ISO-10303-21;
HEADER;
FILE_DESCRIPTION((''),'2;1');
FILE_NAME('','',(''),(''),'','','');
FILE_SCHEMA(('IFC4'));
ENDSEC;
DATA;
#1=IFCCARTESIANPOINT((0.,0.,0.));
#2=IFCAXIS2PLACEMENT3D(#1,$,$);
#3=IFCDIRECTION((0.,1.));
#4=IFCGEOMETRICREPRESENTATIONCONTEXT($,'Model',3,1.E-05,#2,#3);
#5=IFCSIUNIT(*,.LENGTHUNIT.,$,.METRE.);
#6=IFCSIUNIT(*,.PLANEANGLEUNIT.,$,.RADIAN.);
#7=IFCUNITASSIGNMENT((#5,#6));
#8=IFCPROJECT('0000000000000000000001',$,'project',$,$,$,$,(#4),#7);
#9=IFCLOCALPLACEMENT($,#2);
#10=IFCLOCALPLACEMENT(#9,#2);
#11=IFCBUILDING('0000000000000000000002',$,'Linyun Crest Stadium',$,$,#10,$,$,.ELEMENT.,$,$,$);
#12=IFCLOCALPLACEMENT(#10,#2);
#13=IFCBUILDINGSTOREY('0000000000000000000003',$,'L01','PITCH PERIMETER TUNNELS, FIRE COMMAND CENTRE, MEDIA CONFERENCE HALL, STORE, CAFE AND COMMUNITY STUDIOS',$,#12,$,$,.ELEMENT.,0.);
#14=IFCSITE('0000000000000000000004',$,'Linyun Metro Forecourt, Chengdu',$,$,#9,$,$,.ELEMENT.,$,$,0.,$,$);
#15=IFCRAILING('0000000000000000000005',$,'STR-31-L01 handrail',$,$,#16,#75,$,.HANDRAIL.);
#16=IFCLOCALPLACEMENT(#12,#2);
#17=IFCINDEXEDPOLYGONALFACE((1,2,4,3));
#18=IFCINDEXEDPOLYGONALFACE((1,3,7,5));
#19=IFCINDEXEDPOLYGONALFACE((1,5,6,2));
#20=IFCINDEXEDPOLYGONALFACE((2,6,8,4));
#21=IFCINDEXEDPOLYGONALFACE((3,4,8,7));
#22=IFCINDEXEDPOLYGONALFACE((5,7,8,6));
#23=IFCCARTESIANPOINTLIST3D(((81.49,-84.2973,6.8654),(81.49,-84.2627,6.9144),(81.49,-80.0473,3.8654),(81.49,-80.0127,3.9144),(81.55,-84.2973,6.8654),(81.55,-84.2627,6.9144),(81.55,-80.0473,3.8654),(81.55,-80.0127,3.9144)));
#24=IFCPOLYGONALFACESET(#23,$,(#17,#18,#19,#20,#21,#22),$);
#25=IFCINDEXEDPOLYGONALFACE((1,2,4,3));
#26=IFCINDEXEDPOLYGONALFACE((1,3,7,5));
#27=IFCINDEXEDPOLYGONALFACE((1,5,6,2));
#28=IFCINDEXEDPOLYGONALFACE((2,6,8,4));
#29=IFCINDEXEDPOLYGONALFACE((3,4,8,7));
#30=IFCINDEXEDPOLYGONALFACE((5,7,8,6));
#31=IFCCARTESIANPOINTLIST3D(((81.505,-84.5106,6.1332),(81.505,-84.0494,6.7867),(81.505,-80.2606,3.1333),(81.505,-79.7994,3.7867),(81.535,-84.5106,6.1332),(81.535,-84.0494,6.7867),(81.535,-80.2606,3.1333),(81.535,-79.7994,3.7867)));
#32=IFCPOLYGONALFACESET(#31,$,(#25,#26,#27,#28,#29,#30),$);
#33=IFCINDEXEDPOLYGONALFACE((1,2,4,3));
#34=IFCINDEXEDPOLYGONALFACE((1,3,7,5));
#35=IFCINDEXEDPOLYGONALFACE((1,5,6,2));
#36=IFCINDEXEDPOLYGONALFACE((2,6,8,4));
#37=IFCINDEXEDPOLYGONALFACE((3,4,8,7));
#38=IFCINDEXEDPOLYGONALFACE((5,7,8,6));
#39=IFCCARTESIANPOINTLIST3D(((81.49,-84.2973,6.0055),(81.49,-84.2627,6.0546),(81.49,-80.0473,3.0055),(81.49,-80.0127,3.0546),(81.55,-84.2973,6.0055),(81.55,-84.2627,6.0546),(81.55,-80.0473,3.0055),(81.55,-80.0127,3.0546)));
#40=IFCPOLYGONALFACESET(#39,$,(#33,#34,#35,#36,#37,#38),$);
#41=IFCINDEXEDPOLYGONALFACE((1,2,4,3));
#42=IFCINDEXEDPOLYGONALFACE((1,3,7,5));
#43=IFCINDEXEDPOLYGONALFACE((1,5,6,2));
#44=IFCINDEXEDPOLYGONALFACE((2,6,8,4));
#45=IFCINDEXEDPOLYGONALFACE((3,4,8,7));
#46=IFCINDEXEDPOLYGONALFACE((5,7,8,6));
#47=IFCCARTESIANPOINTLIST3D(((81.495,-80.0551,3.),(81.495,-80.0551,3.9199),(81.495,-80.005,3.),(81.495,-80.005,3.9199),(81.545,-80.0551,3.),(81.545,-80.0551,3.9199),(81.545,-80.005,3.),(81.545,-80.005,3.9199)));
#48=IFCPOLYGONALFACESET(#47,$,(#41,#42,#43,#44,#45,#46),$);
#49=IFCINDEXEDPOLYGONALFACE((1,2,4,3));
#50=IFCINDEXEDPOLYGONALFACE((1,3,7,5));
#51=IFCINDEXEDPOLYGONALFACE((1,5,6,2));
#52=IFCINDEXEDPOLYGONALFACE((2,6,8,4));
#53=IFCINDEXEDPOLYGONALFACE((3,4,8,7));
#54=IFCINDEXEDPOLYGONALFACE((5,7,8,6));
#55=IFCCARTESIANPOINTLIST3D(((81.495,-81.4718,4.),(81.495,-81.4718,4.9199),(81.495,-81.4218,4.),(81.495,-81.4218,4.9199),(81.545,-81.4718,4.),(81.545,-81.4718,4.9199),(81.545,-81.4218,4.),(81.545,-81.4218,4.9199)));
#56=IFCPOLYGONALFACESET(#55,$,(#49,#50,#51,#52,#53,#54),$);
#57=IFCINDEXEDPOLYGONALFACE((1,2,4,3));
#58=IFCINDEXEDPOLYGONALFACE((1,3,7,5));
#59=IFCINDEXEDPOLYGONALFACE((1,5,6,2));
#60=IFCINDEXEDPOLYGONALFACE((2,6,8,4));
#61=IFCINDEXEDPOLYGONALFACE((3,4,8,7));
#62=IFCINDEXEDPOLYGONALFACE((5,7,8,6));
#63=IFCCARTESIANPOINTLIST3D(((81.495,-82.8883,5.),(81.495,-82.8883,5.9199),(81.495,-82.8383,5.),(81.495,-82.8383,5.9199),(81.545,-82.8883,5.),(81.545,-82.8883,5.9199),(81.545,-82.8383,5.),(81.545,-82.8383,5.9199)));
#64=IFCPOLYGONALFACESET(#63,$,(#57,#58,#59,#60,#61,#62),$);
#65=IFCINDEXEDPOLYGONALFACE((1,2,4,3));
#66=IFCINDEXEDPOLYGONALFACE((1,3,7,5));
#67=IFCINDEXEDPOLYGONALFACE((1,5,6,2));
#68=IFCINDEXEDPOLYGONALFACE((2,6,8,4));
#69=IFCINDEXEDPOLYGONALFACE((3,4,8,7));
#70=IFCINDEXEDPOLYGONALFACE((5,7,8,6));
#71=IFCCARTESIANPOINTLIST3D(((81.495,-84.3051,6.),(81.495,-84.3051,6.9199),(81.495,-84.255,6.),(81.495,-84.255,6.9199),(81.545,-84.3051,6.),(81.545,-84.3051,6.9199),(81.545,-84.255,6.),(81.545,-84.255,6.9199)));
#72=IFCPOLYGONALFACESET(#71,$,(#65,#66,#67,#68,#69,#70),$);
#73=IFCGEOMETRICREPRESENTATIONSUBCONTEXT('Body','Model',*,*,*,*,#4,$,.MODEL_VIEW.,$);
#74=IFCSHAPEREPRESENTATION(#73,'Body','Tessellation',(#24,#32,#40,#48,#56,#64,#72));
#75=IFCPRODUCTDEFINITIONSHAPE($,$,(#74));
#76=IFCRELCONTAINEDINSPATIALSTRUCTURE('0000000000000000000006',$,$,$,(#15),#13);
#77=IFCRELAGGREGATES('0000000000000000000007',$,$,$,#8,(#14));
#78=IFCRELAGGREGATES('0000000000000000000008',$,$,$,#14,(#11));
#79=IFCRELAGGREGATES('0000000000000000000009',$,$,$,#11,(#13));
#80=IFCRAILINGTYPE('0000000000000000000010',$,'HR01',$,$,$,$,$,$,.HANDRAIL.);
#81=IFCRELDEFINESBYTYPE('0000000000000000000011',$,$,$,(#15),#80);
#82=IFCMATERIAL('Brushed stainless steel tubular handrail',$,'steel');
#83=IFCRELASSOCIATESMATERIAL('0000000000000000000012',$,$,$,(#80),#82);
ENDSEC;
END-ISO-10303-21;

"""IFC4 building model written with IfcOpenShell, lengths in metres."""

from ifc_helpers import new_model, si_unit, direction, frame, origin, origin_2d, place, context, subcontext, project, spatial, rectangle, extrude, material, type_object, element, save


model = new_model("IFC4")

# Units and contexts
model_context = context("Model", 3, precision=1e-05, world=origin(), true_north=direction((0.0, 1.0)))
body_context = subcontext(model_context, "Body", "Model", "MODEL_VIEW")
ifc_project = project(units=[si_unit("LENGTHUNIT", "METRE"), si_unit("PLANEANGLEUNIT", "RADIAN")], contexts=[model_context])

# Site, building, storey
site_placement = place(None, origin())
site = spatial("IfcSite", under=ifc_project, at=site_placement, Name="Linyun Metro Forecourt, Chengdu", CompositionType="ELEMENT", RefElevation=0.0)
building_placement = place(site_placement, origin())
building = spatial("IfcBuilding", under=site, at=building_placement, Name="Linyun Crest Stadium", CompositionType="ELEMENT")
storey_placement = place(building_placement, origin())
storey = spatial("IfcBuildingStorey", under=building, at=storey_placement, Name="L01", Description="PITCH PERIMETER TUNNELS, FIRE COMMAND CENTRE, MEDIA CONFERENCE HALL, STORE, CAFE AND COMMUNITY STUDIOS", CompositionType="ELEMENT", Elevation=0.0)

# Railing
ifc_material_1 = material(Name="Brushed stainless steel tubular handrail", Category="steel")
railing_type_1 = type_object("IfcRailingType", Name="HR01", PredefinedType="HANDRAIL", material=ifc_material_1)
railing_1_placement = place(storey_placement, frame((81.52, -80.03, 3.0)))
element("IfcRailing", 1, at=railing_1_placement, inside=storey, type_object=railing_type_1, Name="STR-31-L01 handrail", PredefinedType="HANDRAIL", context=body_context, shape_type="SweptSolid", body=[
    extrude(rectangle(XDim=0.0601, YDim=0.0601, at=origin_2d()), frame((0.0, 0.0, 0.8899), z_axis=(0.0, -0.816968, 0.576683), x_axis=(1.0, 0.0, 0.0)), (0.0, 0.0, 1.0), 5.2021),
    extrude(rectangle(XDim=0.03, YDim=0.7998, at=origin_2d()), frame((0.0, 0.0, 0.46), z_axis=(0.0, -0.816968, 0.576683), x_axis=(1.0, 0.0, 0.0)), (0.0, 0.0, 1.0), 5.2021),
    extrude(rectangle(XDim=0.0601, YDim=0.0601, at=origin_2d()), frame((0.0, 0.0, 0.03), z_axis=(0.0, -0.816968, 0.576683), x_axis=(1.0, 0.0, 0.0)), (0.0, 0.0, 1.0), 5.2021),
    extrude(rectangle(XDim=0.05, YDim=0.05, at=origin_2d()), origin(), (0.0, 0.0, 1.0), 0.9199),
    extrude(rectangle(XDim=0.05, YDim=0.05, at=origin_2d()), frame((0.0, -1.4167, 1.0)), (0.0, 0.0, 1.0), 0.9199),
    extrude(rectangle(XDim=0.05, YDim=0.05, at=origin_2d()), frame((0.0, -2.8333, 2.0)), (0.0, 0.0, 1.0), 0.9199),
    extrude(rectangle(XDim=0.05, YDim=0.05, at=origin_2d()), frame((0.0, -4.25, 3.0)), (0.0, 0.0, 1.0), 0.9199),
])

save(model, "model.ifc")
